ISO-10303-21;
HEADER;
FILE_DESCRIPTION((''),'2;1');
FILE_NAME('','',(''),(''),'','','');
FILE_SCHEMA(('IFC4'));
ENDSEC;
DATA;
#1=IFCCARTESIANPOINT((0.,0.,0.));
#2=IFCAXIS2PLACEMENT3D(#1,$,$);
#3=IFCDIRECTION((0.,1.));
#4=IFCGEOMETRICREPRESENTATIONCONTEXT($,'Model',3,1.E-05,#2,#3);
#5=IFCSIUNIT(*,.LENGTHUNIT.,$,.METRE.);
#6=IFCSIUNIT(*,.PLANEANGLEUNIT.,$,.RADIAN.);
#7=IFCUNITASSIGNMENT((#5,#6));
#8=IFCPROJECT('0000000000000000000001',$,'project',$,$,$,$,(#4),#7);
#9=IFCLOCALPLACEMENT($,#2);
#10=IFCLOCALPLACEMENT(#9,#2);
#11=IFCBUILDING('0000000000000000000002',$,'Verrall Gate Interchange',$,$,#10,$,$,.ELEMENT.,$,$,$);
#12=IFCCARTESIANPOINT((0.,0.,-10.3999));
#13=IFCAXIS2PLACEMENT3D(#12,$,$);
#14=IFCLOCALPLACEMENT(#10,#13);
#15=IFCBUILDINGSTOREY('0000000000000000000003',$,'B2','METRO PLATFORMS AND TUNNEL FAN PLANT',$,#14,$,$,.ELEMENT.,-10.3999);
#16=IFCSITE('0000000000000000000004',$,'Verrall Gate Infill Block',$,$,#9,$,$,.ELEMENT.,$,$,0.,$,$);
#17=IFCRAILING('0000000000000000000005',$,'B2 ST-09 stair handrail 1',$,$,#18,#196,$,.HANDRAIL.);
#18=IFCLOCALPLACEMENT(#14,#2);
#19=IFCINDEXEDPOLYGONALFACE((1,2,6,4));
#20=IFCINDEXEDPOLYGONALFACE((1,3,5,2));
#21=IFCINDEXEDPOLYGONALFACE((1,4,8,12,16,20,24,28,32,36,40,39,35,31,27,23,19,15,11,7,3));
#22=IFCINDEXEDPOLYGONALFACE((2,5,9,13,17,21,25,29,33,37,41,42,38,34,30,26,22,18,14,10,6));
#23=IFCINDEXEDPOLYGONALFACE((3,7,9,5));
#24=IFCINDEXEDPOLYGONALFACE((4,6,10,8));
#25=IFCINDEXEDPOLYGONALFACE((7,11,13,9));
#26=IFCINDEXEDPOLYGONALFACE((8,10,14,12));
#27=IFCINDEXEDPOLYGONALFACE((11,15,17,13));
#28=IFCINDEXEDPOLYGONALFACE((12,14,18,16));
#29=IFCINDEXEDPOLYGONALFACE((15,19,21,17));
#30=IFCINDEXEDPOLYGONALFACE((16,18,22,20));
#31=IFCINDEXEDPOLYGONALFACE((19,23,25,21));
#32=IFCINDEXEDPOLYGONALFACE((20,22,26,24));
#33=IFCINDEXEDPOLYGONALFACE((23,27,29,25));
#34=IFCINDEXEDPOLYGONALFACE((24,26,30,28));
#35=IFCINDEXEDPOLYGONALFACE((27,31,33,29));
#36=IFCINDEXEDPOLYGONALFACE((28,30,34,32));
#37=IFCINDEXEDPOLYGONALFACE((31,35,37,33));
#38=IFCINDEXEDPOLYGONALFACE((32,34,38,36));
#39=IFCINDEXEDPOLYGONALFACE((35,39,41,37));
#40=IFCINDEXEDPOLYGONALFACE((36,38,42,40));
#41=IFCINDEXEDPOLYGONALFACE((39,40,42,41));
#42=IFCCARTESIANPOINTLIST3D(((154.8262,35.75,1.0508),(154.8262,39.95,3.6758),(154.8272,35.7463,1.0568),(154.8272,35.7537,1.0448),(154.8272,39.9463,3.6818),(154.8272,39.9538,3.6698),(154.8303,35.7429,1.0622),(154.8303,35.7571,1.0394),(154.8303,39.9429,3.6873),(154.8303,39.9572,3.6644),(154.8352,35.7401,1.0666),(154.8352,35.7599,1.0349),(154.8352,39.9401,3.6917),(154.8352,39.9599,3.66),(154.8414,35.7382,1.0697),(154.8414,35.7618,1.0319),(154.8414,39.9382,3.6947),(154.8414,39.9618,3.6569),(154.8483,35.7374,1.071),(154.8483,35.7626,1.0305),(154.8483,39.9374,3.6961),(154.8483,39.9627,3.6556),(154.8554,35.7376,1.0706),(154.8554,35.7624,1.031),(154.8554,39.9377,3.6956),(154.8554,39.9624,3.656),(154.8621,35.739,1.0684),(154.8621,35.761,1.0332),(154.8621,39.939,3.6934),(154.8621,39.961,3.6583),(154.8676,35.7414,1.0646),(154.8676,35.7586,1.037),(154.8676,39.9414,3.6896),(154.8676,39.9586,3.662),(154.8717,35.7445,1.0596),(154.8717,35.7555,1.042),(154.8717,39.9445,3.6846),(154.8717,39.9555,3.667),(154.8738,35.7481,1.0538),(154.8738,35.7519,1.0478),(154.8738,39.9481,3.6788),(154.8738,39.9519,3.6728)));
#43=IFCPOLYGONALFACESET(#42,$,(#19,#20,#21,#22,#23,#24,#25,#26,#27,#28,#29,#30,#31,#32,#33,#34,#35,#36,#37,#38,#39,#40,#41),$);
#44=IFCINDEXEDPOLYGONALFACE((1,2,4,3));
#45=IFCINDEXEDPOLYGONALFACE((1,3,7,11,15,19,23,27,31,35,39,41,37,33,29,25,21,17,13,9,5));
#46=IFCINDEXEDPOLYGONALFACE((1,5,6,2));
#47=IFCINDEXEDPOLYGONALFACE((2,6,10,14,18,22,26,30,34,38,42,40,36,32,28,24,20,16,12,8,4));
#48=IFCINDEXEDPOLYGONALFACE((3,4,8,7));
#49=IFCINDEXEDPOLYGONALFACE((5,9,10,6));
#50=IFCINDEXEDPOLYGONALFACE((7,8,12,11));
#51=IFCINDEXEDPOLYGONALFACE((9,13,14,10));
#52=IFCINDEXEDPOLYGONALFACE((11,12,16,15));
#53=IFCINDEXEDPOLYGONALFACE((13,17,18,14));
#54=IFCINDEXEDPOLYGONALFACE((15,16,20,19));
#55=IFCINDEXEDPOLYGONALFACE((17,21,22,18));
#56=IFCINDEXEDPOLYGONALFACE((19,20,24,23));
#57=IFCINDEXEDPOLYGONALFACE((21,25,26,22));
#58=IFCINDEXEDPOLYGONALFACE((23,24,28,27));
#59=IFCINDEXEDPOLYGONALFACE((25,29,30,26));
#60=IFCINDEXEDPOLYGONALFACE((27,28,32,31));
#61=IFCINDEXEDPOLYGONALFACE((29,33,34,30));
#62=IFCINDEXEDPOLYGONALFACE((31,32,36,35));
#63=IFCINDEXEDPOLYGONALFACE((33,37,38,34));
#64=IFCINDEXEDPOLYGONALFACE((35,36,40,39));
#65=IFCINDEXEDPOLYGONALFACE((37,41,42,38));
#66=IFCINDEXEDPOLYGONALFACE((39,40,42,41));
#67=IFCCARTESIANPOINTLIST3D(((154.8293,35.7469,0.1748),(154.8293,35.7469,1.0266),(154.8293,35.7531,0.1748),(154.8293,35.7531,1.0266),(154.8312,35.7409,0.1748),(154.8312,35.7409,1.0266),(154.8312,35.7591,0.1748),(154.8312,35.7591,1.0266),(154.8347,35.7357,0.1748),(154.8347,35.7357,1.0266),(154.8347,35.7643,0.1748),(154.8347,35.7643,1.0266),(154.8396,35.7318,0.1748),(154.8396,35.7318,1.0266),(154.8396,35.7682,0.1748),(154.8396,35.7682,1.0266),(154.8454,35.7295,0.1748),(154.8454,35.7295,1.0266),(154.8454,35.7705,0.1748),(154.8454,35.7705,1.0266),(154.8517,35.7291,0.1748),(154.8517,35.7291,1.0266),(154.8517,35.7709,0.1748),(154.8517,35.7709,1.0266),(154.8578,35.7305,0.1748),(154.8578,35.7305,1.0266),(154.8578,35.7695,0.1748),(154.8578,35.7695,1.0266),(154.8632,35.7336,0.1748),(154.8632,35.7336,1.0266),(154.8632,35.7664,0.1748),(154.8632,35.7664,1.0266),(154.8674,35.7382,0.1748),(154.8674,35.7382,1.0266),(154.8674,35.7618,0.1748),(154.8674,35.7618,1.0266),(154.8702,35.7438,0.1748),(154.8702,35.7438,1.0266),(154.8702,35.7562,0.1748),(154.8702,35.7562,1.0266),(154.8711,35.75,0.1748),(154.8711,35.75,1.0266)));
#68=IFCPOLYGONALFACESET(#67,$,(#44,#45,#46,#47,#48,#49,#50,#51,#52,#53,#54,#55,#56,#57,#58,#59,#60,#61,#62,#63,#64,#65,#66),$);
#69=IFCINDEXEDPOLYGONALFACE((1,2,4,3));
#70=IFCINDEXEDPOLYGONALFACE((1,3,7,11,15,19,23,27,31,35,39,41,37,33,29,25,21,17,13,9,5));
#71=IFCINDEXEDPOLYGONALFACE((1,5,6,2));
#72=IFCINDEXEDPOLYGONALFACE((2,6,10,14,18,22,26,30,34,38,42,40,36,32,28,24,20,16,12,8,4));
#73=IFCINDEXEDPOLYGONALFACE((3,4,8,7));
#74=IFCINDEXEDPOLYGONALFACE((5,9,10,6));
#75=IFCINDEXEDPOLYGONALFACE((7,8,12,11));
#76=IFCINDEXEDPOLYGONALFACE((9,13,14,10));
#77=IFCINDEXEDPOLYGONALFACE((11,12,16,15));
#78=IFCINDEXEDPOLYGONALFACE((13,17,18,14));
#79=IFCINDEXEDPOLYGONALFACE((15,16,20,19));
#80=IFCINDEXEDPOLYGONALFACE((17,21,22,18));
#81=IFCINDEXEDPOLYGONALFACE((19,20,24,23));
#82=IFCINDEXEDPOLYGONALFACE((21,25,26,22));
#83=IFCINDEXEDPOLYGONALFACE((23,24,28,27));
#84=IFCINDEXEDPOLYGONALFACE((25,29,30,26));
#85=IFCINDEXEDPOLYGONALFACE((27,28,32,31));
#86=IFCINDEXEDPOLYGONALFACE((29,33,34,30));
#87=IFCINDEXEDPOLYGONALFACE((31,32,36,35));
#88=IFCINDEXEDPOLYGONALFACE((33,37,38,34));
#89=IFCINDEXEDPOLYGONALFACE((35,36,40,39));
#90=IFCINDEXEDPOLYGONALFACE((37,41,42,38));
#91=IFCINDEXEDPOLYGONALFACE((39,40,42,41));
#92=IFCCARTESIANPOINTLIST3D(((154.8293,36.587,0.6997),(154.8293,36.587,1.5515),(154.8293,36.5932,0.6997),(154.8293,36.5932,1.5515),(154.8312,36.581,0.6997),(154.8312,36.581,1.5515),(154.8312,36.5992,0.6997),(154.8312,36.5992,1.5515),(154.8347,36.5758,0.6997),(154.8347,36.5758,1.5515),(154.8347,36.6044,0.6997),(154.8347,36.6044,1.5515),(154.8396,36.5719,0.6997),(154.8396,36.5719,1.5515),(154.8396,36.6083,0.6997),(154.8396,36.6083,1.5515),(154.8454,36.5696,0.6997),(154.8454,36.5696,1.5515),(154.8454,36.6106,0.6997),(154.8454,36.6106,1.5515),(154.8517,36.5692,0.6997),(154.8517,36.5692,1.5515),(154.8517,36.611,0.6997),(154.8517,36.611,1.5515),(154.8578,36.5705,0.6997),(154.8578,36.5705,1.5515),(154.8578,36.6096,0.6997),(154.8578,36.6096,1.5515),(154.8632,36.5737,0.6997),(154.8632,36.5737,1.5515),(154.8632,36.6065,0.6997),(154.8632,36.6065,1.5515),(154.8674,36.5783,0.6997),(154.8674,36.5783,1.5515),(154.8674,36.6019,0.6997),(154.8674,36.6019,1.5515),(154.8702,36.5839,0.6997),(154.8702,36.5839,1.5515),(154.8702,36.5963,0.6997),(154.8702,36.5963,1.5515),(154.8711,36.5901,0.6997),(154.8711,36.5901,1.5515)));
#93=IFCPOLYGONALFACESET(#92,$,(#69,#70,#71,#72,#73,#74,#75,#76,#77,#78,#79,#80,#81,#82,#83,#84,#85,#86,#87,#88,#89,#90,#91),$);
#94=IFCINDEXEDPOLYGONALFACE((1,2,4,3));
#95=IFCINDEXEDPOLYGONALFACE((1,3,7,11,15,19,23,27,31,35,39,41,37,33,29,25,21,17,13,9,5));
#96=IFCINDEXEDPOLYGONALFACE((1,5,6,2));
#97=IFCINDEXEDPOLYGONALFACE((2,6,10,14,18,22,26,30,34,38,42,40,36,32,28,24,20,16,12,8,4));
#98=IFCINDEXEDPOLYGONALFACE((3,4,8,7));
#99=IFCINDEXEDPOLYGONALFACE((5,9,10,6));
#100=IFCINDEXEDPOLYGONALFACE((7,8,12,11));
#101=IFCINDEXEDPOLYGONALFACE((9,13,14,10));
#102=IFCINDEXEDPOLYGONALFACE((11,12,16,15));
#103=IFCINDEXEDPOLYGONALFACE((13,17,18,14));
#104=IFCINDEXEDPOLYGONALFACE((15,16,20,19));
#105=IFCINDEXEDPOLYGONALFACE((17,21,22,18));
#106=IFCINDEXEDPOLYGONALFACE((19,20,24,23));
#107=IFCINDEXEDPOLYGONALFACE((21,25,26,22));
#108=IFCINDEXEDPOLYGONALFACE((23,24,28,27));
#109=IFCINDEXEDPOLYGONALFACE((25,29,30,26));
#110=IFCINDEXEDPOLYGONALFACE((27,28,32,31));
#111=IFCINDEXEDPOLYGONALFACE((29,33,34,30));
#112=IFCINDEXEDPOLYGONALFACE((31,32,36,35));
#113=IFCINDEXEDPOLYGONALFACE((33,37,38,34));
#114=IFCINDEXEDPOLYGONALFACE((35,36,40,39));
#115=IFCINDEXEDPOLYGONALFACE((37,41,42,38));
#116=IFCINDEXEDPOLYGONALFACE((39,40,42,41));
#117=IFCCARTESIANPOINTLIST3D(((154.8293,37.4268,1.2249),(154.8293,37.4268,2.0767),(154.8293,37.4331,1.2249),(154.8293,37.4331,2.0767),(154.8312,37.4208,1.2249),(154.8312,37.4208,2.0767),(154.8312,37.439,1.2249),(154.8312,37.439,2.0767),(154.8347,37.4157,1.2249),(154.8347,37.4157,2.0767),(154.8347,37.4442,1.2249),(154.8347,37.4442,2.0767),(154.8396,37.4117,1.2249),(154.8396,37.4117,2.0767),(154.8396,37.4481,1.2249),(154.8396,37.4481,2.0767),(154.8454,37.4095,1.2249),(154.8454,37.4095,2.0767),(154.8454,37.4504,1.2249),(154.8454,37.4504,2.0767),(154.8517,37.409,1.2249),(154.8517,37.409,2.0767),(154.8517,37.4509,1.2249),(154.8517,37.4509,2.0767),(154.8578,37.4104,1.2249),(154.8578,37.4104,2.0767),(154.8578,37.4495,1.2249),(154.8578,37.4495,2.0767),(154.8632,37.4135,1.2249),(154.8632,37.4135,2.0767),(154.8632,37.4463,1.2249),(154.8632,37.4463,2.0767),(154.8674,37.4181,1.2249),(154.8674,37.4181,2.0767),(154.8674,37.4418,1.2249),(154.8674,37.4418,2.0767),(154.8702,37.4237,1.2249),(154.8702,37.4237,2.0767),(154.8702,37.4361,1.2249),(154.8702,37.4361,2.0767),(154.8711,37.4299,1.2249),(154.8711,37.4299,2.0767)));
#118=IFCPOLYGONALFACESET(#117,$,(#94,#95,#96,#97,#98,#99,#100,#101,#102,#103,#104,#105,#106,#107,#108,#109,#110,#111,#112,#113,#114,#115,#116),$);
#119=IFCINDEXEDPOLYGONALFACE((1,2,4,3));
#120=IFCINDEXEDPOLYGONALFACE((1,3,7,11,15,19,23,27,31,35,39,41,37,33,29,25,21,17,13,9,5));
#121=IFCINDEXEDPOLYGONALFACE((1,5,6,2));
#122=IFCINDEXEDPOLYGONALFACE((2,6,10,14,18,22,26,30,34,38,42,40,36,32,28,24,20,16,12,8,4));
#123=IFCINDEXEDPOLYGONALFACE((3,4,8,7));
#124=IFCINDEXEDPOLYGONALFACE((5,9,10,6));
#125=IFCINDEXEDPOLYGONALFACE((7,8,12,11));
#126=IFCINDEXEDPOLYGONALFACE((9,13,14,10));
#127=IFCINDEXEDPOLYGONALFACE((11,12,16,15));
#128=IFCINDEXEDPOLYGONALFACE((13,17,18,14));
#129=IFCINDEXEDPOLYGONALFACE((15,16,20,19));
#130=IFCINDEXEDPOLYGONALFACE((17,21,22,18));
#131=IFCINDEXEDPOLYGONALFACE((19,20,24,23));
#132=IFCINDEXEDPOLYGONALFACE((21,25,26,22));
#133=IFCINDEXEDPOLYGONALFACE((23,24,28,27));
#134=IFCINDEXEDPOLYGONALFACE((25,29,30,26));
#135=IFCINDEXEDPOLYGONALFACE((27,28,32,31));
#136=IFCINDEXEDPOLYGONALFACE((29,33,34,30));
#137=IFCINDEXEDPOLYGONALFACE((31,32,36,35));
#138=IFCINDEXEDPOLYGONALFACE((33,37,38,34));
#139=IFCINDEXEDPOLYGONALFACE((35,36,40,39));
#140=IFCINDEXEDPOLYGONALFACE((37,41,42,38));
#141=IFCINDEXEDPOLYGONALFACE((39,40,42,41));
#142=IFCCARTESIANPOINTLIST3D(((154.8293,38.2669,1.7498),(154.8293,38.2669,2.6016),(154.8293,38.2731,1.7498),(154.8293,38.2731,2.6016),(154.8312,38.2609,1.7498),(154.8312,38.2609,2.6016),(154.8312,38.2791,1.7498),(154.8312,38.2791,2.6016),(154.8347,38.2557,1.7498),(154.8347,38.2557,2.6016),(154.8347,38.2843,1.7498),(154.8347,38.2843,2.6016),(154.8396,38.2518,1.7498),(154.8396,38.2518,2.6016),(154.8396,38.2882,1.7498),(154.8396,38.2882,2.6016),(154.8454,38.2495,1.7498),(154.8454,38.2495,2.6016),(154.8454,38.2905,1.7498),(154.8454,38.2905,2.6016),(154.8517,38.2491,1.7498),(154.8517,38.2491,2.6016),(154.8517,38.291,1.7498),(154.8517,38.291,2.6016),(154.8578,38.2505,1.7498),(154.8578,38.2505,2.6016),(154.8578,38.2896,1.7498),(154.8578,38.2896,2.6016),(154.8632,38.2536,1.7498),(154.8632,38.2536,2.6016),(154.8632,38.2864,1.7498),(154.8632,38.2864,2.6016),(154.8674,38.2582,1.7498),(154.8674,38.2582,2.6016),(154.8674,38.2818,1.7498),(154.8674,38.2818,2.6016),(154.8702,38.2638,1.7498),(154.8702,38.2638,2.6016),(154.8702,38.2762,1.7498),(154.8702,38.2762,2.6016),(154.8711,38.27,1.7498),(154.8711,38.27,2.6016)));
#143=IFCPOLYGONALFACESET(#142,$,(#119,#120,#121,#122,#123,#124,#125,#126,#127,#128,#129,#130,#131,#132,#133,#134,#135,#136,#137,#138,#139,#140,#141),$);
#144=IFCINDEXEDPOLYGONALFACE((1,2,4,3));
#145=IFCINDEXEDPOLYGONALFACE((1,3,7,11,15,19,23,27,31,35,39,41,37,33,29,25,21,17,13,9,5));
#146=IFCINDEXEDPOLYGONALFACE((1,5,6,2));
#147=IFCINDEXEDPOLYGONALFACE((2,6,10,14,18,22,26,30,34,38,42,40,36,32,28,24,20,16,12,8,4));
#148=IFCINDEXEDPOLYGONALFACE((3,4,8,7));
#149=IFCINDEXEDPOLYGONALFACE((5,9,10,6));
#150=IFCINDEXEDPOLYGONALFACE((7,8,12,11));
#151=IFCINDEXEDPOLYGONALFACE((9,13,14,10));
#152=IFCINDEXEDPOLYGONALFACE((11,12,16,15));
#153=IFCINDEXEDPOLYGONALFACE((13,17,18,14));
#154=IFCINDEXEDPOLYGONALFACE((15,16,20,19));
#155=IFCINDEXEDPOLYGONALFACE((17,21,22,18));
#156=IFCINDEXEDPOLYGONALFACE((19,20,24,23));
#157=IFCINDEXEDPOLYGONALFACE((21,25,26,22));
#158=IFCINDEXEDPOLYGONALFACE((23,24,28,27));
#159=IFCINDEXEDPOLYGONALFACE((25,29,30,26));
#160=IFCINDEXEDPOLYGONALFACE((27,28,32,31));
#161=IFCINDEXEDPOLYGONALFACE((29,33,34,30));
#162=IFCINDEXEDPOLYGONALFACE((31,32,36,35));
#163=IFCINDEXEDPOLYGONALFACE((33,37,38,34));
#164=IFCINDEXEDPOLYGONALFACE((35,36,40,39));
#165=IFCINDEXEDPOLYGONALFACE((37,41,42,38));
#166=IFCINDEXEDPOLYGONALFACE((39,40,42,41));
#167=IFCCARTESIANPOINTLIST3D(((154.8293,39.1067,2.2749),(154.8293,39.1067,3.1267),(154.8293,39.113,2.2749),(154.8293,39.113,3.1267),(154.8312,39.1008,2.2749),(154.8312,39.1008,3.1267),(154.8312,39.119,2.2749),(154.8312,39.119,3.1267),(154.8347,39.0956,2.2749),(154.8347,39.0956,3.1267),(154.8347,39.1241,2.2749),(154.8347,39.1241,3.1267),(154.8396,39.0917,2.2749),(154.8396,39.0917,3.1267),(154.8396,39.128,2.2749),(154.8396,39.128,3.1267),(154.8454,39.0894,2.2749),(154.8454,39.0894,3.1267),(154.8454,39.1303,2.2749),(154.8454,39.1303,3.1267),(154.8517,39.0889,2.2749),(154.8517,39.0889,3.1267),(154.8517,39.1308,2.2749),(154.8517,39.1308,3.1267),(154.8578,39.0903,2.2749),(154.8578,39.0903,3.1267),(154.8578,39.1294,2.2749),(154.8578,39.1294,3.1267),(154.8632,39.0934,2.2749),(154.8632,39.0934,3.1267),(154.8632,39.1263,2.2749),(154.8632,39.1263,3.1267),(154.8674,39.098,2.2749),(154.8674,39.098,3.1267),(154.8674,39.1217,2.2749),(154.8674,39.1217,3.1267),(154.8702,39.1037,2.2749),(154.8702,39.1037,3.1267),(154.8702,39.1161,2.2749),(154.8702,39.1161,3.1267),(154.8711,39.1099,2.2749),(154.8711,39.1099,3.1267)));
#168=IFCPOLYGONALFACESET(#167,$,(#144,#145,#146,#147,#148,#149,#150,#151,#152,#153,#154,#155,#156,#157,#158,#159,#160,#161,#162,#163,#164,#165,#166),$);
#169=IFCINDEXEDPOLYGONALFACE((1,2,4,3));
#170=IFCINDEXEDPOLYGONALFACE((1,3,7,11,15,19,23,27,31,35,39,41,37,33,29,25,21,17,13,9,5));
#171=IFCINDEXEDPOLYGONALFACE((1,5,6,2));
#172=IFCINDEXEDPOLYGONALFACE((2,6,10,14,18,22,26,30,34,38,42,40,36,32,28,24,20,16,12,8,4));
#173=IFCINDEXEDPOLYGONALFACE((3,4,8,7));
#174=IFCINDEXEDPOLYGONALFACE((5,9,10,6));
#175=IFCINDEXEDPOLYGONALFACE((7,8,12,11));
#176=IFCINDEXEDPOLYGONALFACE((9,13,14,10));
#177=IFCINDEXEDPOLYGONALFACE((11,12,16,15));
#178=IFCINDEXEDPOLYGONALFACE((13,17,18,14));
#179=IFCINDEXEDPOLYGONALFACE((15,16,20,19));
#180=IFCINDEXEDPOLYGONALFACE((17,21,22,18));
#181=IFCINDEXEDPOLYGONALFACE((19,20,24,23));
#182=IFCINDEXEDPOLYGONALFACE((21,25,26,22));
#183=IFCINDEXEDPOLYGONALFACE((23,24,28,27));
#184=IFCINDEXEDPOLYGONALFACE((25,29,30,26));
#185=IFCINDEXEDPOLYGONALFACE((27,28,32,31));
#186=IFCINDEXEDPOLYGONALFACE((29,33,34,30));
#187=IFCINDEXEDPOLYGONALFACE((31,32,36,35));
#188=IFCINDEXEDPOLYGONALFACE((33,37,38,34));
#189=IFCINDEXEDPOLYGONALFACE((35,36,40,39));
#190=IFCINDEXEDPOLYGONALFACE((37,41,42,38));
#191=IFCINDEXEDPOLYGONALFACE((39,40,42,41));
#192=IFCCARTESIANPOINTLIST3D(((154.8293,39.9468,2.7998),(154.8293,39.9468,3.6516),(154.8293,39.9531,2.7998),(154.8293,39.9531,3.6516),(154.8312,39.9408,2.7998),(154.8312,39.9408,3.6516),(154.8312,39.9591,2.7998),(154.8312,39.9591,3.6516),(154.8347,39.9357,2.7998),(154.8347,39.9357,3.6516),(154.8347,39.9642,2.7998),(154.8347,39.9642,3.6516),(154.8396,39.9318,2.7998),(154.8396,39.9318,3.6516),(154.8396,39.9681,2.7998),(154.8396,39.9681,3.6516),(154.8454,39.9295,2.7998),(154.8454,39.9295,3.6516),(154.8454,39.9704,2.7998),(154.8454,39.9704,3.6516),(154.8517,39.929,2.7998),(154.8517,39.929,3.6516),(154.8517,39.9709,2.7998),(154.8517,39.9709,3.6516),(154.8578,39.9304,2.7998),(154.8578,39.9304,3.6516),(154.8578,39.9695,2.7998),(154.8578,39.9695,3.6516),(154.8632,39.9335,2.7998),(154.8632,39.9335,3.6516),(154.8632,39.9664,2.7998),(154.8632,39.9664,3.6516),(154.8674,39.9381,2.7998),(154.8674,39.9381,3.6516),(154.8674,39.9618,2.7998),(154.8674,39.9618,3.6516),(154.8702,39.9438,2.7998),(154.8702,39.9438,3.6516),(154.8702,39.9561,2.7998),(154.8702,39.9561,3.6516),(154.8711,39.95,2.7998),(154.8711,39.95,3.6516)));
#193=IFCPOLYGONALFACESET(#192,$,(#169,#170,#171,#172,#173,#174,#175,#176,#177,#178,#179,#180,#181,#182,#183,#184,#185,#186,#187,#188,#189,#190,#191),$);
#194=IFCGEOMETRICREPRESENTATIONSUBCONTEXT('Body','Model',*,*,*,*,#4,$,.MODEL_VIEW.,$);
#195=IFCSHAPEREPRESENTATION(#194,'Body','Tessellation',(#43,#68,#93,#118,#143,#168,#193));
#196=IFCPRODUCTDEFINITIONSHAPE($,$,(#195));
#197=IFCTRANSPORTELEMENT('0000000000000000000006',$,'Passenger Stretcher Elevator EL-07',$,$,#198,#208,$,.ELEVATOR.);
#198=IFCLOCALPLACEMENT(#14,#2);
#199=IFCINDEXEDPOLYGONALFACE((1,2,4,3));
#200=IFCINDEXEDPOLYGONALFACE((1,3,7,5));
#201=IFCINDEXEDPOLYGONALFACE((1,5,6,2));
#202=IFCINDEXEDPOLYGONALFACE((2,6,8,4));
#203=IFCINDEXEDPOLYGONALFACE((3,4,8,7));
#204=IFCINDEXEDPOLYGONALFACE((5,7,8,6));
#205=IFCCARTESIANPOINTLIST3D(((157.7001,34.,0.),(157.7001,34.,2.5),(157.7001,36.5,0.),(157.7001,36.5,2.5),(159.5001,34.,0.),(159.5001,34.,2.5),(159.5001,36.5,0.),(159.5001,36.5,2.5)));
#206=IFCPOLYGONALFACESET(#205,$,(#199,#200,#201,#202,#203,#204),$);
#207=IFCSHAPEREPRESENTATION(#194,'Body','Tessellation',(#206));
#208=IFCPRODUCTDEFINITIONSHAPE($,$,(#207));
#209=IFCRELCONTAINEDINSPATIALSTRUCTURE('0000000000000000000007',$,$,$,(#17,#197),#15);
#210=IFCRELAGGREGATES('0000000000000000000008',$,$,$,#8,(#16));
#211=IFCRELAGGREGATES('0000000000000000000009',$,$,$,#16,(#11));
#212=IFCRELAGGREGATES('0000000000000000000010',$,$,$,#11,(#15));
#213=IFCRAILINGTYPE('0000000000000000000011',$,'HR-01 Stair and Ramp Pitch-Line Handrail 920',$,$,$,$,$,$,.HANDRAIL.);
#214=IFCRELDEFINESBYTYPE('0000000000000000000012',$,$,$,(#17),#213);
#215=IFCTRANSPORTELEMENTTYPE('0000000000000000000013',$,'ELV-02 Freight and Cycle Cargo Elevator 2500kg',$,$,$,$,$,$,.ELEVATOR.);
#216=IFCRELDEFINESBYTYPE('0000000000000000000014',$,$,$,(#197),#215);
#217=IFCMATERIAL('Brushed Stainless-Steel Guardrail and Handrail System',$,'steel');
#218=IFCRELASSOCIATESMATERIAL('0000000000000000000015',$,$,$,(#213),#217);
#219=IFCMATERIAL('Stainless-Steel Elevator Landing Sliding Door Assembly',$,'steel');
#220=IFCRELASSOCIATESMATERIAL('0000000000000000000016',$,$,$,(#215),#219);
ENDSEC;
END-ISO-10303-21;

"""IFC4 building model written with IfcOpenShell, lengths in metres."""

from ifc_helpers import new_model, si_unit, direction, frame, origin, origin_2d, place, context, subcontext, project, spatial, rectangle, circle, extrude, material, type_object, element, save


model = new_model("IFC4")

# Units and contexts
model_context = context("Model", 3, precision=1e-05, world=origin(), true_north=direction((0.0, 1.0)))
body_context = subcontext(model_context, "Body", "Model", "MODEL_VIEW")
ifc_project = project(units=[si_unit("LENGTHUNIT", "METRE"), si_unit("PLANEANGLEUNIT", "RADIAN")], contexts=[model_context])

# Site, building, storey
site_placement = place(None, origin())
site = spatial("IfcSite", under=ifc_project, at=site_placement, Name="Verrall Gate Infill Block", CompositionType="ELEMENT", RefElevation=0.0)
building_placement = place(site_placement, origin())
building = spatial("IfcBuilding", under=site, at=building_placement, Name="Verrall Gate Interchange", CompositionType="ELEMENT")
storey_placement = place(building_placement, frame((0.0, 0.0, -10.3999)))
storey = spatial("IfcBuildingStorey", under=building, at=storey_placement, Name="B2", Description="METRO PLATFORMS AND TUNNEL FAN PLANT", CompositionType="ELEMENT", Elevation=-10.3999)

# Railing
ifc_material_1 = material(Name="Brushed Stainless-Steel Guardrail and Handrail System", Category="steel")
railing_type_1 = type_object("IfcRailingType", Name="HR-01 Stair and Ramp Pitch-Line Handrail 920", PredefinedType="HANDRAIL", material=ifc_material_1)
railing_1_placement = place(storey_placement, frame((154.8501, 35.75, 0.1748)))
element("IfcRailing", 1, at=railing_1_placement, inside=storey, type_object=railing_type_1, Name="B2 ST-09 stair handrail 1", PredefinedType="HANDRAIL", context=body_context, shape_type="SweptSolid", body=[
    extrude(circle(Radius=0.0239, at=origin_2d()), frame((0.0, 0.0, 0.876), z_axis=(0.0, 0.847996, 0.530003), x_axis=(-1.0, 0.0, 0.0)), (0.0, 0.0, 1.0), 4.9529),
    extrude(circle(Radius=0.021, at=origin_2d()), origin(), (0.0, 0.0, 1.0), 0.8518),
    extrude(circle(Radius=0.021, at=origin_2d()), frame((0.0, 0.8401, 0.5249)), (0.0, 0.0, 1.0), 0.8518),
    extrude(circle(Radius=0.021, at=origin_2d()), frame((0.0, 1.6799, 1.05)), (0.0, 0.0, 1.0), 0.8518),
    extrude(circle(Radius=0.021, at=origin_2d()), frame((0.0, 2.52, 1.575)), (0.0, 0.0, 1.0), 0.8518),
    extrude(circle(Radius=0.021, at=origin_2d()), frame((0.0, 3.3599, 2.1001)), (0.0, 0.0, 1.0), 0.8518),
    extrude(circle(Radius=0.021, at=origin_2d()), frame((0.0, 4.2, 2.625)), (0.0, 0.0, 1.0), 0.8518),
])

# Transport element
ifc_material_2 = material(Name="Stainless-Steel Elevator Landing Sliding Door Assembly", Category="steel")
transport_element_type = type_object("IfcTransportElementType", Name="ELV-02 Freight and Cycle Cargo Elevator 2500kg", PredefinedType="ELEVATOR", material=ifc_material_2)
transport_element_placement = place(storey_placement, frame((158.6001, 35.25, 0.0), z_axis=(0.0, 0.0, 1.0), x_axis=(1.0, 0.0, 0.0)))
element("IfcTransportElement", 2, at=transport_element_placement, inside=storey, type_object=transport_element_type, Name="Passenger Stretcher Elevator EL-07", PredefinedType="ELEVATOR", context=body_context, shape_type="SweptSolid", body=[
    extrude(rectangle(XDim=1.8, YDim=2.5, at=origin_2d()), origin(), (0.0, 0.0, 1.0), 2.5),
])

save(model, "model.ifc")
